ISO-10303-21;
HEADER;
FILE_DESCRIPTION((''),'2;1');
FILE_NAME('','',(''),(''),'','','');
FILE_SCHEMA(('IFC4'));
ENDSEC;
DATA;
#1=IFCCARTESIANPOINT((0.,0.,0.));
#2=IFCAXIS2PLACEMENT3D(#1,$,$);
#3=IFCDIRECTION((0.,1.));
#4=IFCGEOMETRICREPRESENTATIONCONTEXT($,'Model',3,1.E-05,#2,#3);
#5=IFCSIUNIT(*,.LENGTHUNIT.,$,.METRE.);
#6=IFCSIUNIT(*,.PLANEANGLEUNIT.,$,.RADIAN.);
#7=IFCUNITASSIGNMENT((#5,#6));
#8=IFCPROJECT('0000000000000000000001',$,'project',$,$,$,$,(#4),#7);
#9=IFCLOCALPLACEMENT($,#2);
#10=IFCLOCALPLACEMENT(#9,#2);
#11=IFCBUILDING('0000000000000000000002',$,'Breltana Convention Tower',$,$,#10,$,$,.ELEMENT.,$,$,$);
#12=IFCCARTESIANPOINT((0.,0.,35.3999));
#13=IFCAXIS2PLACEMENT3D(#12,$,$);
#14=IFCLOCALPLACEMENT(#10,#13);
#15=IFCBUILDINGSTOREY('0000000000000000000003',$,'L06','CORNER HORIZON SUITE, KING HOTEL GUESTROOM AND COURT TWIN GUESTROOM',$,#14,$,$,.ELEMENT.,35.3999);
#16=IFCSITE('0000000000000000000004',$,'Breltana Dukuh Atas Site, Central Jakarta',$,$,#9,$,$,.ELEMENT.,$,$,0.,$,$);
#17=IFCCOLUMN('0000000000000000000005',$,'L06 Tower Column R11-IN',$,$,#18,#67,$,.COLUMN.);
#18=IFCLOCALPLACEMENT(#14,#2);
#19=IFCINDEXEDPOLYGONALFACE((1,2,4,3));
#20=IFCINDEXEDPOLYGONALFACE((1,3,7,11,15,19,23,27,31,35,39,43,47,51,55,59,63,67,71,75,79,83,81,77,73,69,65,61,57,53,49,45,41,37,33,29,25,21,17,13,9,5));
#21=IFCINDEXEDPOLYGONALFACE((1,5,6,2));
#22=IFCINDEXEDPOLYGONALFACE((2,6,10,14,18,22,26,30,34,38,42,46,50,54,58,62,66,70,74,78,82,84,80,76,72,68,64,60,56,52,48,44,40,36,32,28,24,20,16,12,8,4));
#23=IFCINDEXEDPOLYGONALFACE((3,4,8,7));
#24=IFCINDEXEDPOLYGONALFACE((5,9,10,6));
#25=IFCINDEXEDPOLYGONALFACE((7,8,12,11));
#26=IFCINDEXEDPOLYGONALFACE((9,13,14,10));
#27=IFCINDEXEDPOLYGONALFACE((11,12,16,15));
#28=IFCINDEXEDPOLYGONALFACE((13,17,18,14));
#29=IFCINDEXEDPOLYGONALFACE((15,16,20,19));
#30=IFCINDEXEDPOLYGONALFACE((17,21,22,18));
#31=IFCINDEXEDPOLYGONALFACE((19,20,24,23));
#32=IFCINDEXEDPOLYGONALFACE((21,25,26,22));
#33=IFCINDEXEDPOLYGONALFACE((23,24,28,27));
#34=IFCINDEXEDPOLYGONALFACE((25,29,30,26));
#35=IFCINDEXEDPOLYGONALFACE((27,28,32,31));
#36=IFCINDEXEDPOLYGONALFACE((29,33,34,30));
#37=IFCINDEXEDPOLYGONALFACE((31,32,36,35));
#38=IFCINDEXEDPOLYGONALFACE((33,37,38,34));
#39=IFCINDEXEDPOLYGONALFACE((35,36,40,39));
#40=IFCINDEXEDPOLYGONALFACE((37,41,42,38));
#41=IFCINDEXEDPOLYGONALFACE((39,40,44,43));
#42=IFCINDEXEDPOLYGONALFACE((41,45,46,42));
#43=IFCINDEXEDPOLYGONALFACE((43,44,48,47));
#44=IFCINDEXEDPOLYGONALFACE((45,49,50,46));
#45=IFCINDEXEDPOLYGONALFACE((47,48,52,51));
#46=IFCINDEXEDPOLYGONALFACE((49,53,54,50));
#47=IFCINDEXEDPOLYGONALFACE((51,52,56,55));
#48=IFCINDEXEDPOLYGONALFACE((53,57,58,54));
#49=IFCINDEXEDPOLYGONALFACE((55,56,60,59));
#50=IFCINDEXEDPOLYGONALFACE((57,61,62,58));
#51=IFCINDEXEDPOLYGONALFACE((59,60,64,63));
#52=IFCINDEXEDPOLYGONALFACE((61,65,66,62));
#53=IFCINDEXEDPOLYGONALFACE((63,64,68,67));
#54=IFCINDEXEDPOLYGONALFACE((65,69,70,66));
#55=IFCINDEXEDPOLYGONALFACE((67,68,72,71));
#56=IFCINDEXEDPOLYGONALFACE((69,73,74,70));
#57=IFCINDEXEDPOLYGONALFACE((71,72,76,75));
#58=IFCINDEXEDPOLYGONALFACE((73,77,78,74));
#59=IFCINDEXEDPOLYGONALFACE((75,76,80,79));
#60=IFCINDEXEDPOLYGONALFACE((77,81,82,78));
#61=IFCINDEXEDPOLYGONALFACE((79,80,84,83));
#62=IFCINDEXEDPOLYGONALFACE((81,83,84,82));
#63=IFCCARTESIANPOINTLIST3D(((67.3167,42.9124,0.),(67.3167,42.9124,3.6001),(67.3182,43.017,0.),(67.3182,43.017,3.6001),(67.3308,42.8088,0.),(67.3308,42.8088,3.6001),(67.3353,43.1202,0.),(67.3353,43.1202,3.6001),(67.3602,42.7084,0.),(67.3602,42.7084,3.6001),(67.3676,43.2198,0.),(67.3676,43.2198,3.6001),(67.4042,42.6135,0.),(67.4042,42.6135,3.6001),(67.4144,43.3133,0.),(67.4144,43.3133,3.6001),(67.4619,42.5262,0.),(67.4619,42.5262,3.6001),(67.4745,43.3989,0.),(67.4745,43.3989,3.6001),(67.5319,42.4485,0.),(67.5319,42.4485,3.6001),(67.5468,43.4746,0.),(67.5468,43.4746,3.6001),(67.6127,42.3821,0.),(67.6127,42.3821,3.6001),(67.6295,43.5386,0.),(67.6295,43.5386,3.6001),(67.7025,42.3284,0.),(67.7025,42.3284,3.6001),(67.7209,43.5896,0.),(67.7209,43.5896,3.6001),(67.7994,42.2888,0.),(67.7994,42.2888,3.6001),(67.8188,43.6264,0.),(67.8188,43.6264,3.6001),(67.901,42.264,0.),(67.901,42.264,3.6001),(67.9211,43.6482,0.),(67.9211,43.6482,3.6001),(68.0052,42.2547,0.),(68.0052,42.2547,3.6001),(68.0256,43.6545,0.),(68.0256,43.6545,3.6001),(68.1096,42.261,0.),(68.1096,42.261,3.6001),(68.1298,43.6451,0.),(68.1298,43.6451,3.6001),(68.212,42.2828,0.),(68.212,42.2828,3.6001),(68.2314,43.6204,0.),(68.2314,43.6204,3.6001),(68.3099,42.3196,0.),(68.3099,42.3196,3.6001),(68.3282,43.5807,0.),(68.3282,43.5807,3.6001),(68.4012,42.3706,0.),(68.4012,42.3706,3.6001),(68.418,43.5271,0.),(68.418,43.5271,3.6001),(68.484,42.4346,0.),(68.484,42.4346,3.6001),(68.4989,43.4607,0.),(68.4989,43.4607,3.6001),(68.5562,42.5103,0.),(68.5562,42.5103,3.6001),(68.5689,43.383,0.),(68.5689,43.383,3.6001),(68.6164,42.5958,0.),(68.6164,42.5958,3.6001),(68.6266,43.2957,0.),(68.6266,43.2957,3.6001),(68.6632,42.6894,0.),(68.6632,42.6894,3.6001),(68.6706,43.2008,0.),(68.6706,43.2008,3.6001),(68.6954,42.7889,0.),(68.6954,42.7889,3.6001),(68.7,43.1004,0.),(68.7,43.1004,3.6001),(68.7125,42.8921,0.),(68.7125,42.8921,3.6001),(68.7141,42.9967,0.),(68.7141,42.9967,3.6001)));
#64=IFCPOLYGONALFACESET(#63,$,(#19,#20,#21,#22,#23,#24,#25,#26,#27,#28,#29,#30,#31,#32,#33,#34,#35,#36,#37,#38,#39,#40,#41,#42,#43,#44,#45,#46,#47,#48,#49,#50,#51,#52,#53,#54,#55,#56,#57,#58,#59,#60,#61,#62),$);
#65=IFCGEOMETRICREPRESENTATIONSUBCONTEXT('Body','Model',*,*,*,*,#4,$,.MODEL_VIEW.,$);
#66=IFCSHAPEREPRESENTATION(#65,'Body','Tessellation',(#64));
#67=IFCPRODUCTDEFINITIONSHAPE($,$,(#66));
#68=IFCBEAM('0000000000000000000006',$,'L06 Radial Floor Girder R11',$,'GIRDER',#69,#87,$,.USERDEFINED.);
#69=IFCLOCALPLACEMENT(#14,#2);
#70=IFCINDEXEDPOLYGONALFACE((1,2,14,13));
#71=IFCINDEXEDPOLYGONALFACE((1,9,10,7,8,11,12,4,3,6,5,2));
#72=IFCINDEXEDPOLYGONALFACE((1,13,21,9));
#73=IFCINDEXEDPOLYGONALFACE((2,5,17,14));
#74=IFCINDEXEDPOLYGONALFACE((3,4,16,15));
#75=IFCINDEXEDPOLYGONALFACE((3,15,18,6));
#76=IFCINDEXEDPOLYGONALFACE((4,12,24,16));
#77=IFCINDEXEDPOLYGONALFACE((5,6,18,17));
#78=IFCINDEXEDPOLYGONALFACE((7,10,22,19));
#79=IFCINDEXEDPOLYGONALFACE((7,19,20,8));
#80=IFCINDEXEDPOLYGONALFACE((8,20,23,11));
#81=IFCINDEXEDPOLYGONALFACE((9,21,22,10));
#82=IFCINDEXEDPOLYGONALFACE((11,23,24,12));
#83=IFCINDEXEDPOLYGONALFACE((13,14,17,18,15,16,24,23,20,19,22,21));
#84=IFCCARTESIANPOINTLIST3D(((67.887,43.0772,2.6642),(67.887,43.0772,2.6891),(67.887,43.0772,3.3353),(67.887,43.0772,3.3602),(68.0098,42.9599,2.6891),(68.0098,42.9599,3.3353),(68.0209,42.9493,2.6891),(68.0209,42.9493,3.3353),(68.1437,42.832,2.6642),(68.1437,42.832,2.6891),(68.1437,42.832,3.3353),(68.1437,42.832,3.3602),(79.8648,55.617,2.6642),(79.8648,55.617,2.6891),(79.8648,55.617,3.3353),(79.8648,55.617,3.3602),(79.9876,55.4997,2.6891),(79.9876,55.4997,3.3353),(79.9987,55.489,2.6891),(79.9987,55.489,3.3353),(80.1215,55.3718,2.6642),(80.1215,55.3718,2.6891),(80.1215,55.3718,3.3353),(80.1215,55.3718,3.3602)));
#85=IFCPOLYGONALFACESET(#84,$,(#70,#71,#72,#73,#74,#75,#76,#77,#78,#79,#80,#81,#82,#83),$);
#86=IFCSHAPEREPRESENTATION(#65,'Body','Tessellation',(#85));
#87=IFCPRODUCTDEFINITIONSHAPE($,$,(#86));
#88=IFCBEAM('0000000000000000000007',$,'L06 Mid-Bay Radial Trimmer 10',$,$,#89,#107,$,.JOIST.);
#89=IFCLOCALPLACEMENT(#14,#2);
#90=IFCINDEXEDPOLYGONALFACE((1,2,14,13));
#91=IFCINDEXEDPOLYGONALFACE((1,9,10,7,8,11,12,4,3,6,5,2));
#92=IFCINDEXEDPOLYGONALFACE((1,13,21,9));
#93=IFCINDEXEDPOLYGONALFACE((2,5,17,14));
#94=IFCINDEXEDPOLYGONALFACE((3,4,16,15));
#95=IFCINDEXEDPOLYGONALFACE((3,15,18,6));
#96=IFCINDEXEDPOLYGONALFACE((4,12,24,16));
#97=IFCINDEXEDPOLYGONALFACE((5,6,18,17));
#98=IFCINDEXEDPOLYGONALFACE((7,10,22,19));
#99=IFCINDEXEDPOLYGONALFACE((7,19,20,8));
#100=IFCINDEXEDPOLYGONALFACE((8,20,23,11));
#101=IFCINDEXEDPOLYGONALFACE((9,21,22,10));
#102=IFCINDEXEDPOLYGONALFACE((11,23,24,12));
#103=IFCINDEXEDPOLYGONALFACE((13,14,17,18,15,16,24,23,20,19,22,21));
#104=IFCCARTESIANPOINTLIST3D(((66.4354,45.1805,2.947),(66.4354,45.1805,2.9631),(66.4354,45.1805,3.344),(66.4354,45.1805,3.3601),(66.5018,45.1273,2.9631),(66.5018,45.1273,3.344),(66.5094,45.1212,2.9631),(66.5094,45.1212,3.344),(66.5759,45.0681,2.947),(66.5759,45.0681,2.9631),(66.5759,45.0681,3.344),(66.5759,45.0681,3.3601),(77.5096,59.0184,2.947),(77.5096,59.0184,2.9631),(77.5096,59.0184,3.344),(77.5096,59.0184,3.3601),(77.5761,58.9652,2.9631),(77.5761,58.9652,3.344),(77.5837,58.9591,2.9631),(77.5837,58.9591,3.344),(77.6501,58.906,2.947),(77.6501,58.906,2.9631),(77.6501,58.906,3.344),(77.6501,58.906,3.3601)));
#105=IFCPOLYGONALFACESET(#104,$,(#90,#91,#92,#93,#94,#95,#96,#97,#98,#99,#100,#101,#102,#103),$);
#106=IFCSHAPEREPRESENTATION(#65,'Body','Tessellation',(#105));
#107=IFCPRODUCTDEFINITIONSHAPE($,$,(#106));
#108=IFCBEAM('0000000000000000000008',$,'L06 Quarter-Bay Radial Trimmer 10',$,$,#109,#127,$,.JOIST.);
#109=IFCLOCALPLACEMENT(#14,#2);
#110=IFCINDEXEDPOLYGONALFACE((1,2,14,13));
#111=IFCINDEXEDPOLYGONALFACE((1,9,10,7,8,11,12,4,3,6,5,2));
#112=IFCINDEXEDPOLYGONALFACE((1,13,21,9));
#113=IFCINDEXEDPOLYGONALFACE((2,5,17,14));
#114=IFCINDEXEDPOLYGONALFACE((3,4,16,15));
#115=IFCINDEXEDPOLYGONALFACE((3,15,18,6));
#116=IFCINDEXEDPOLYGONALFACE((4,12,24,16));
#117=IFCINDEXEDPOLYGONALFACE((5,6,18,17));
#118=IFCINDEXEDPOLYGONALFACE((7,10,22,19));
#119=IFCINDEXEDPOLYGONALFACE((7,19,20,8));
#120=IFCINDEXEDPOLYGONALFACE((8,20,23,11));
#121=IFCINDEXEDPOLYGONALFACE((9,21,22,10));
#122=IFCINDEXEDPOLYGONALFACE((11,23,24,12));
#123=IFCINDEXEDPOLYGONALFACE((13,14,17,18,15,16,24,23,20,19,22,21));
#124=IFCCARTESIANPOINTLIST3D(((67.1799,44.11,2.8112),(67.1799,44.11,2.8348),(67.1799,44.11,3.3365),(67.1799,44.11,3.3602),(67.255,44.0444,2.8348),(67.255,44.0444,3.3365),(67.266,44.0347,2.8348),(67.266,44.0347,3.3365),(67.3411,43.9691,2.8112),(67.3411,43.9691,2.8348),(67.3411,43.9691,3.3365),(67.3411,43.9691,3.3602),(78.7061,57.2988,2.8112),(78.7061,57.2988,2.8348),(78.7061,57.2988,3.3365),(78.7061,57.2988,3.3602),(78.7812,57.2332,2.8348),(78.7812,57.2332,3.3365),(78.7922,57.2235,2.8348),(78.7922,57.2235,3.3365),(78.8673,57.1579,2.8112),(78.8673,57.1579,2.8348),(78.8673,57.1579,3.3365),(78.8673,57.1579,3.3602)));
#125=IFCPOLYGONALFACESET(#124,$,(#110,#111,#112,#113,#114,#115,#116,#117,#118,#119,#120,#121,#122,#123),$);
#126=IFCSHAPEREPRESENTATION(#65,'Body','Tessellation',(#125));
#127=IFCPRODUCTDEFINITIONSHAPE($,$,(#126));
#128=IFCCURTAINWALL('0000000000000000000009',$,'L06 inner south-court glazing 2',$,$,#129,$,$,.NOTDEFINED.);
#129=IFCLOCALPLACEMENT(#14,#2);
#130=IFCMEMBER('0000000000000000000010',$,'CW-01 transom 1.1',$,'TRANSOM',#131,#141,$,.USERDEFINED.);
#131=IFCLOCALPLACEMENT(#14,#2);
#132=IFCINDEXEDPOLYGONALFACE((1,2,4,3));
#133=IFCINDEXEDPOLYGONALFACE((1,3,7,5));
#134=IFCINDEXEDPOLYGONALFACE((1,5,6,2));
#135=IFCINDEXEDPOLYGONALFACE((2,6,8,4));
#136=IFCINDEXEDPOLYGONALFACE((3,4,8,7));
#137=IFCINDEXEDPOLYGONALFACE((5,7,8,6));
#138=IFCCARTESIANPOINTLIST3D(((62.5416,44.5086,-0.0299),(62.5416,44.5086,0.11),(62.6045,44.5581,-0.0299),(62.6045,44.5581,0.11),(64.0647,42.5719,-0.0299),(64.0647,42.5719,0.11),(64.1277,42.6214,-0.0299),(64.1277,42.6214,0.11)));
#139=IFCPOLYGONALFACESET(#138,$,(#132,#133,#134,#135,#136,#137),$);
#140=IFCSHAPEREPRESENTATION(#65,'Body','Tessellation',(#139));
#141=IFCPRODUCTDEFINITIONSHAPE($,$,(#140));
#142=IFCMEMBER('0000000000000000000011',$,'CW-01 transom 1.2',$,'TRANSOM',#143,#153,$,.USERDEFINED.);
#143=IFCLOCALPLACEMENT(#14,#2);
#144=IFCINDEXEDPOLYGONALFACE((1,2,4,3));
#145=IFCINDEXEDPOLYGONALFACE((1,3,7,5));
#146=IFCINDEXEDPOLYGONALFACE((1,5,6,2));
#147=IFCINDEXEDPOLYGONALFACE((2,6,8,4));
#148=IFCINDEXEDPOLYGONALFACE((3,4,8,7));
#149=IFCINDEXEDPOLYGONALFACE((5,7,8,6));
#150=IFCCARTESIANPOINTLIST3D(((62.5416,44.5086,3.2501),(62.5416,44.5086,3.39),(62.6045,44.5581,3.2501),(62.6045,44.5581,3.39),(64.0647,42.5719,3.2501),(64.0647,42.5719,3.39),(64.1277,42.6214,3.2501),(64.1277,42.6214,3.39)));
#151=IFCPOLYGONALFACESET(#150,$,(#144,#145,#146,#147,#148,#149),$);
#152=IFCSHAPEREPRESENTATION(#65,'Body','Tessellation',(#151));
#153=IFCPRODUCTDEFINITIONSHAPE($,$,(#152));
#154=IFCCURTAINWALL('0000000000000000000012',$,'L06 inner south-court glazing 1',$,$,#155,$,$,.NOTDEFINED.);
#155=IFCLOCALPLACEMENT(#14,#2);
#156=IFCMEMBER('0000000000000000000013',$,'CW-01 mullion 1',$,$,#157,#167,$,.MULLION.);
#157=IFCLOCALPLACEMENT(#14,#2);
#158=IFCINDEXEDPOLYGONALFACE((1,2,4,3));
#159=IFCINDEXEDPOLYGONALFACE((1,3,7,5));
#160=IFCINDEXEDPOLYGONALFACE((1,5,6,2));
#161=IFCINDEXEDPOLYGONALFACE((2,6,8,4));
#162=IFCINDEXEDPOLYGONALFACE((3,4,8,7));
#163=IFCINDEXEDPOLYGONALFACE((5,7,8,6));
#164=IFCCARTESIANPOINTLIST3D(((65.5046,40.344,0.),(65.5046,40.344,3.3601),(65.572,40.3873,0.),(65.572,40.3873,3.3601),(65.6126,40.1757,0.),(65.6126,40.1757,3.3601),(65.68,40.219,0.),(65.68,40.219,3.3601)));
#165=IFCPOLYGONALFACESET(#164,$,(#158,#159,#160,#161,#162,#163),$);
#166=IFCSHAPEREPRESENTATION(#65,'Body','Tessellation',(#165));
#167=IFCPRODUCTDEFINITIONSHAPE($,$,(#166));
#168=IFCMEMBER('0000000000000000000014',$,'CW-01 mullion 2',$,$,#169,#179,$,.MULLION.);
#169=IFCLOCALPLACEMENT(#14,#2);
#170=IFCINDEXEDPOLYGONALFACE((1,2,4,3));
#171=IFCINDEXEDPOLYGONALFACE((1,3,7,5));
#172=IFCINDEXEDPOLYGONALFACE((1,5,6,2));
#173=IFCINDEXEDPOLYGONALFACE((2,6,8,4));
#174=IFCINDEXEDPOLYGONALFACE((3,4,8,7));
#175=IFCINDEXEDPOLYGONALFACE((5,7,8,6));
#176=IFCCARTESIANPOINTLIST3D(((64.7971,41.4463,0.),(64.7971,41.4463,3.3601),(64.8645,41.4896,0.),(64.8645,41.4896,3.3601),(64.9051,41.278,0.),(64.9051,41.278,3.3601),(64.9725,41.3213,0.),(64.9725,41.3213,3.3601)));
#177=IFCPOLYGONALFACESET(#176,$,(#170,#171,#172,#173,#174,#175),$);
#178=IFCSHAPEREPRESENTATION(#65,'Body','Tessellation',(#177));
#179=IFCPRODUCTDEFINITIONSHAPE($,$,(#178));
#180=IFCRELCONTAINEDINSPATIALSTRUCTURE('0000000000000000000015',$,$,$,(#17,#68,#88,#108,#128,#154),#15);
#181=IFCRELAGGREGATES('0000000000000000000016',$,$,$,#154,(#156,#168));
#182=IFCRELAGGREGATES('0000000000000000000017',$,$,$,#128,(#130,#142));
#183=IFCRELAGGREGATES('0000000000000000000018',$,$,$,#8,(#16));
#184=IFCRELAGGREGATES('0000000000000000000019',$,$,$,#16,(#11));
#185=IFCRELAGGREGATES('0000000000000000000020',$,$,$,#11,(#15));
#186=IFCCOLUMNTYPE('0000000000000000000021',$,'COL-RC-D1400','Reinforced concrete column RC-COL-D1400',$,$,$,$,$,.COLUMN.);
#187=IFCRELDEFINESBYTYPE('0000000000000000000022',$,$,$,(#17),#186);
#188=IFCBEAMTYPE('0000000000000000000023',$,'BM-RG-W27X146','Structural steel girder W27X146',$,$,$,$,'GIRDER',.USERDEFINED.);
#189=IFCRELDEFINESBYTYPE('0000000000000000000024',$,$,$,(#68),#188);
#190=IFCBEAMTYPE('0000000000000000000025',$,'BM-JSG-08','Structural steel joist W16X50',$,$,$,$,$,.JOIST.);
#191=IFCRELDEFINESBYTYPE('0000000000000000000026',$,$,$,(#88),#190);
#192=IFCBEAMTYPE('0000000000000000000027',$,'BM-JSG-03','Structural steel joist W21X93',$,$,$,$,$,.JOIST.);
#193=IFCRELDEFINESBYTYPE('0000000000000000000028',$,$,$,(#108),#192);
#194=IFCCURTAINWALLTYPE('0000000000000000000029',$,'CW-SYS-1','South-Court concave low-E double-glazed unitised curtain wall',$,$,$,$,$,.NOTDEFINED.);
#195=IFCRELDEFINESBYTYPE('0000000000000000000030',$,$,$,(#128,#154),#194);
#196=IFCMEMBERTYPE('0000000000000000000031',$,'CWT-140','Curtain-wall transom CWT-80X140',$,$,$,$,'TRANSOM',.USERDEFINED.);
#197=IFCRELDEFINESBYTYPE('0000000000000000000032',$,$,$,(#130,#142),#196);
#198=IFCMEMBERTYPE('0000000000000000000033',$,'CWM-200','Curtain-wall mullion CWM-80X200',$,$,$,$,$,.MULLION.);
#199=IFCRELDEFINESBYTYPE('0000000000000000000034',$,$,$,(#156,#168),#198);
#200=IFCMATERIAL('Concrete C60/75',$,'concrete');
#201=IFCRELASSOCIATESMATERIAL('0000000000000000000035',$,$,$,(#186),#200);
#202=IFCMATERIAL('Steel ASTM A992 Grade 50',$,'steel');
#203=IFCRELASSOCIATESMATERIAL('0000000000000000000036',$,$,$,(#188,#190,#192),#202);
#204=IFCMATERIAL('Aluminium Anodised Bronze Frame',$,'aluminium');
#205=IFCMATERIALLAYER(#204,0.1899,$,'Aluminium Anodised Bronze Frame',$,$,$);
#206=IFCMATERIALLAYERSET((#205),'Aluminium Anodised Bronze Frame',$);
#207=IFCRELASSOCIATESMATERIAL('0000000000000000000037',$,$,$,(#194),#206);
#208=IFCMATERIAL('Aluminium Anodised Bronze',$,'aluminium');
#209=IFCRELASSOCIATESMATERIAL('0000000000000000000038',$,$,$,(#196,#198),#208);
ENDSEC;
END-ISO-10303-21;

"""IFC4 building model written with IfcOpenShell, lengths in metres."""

from ifc_helpers import new_model, si_unit, direction, frame, origin, origin_2d, place, context, subcontext, project, spatial, rectangle, circle, i_section, extrude, source, transform, mapped, material, layer, layer_set, material_profile, profile_set, type_object, type_shapes, element, aggregate, save


model = new_model("IFC4")

# Units and contexts
model_context = context("Model", 3, precision=1e-05, world=origin(), true_north=direction((0.0, 1.0)))
body_context = subcontext(model_context, "Body", "Model", "MODEL_VIEW")
ifc_project = project(units=[si_unit("LENGTHUNIT", "METRE"), si_unit("PLANEANGLEUNIT", "RADIAN")], contexts=[model_context])

# Site, building, storey
site_placement = place(None, origin())
site = spatial("IfcSite", under=ifc_project, at=site_placement, Name="Breltana Dukuh Atas Site, Central Jakarta", CompositionType="ELEMENT", RefElevation=0.0)
building_placement = place(site_placement, origin())
building = spatial("IfcBuilding", under=site, at=building_placement, Name="Breltana Convention Tower", CompositionType="ELEMENT")
storey_placement = place(building_placement, frame((0.0, 0.0, 35.3999)))
storey = spatial("IfcBuildingStorey", under=building, at=storey_placement, Name="L06", Description="CORNER HORIZON SUITE, KING HOTEL GUESTROOM AND COURT TWIN GUESTROOM", CompositionType="ELEMENT", Elevation=35.3999)

# Column
ifc_material_1 = material(Name="Concrete C60/75", Category="concrete")
ifc_material_profile_1 = material_profile(ifc_material_1, circle(Radius=0.7, at=origin_2d()), Name="RC-COL-D1400")
ifc_profile_set_1 = profile_set([ifc_material_profile_1], Name="Concrete C60/75")
column_type = type_object("IfcColumnType", Name="COL-RC-D1400", Description="Reinforced concrete column RC-COL-D1400", PredefinedType="COLUMN", material=ifc_profile_set_1)
shared_shape_1 = source(origin(), body_context, "Body", "SweptSolid", [
    extrude(circle(Radius=0.7, at=origin_2d()), origin(), (0.0, 0.0, 1.0), 3.6001),
])
column_placement = place(storey_placement, frame((68.0154, 42.9546, 0.0), z_axis=(0.0, 0.0, 1.0), x_axis=(0.690756, 0.723088, 0.0)))
element("IfcColumn", 1, at=column_placement, inside=storey, type_object=column_type, Name="L06 Tower Column R11-IN", PredefinedType="COLUMN", context=body_context, shape_type="MappedRepresentation", body=[
    mapped(shared_shape_1, transform((0.0, 0.0, 0.0), scale=1.0)),
])

# Beams
ifc_material_2 = material(Name="Steel ASTM A992 Grade 50", Category="steel")
ifc_material_profile_2 = material_profile(ifc_material_2, i_section(OverallWidth=0.355, OverallDepth=0.696, WebThickness=0.0154, FlangeThickness=0.0249, at=origin_2d()), Name="W27X146")
ifc_profile_set_2 = profile_set([ifc_material_profile_2], Name="Steel ASTM A992 Grade 50")
beam_type_1 = type_object("IfcBeamType", Name="BM-RG-W27X146", Description="Structural steel girder W27X146", ElementType="GIRDER", PredefinedType="USERDEFINED", material=ifc_profile_set_2)
shared_shape_2 = source(origin(), body_context, "Body", "SweptSolid", [
    extrude(i_section(OverallWidth=0.355, OverallDepth=0.696, WebThickness=0.0154, FlangeThickness=0.0249, at=origin_2d()), origin(), (0.0, 0.0, 1.0), 17.3411),
])
type_shapes(beam_type_1, [shared_shape_2])
beam_1_placement = place(storey_placement, frame((68.0154, 42.9546, 3.0122), z_axis=(0.690716, 0.723126, 0.0), x_axis=(-0.723126, 0.690716, 0.0)))
element("IfcBeam", 2, at=beam_1_placement, inside=storey, type_object=beam_type_1, Name="L06 Radial Floor Girder R11", ObjectType="GIRDER", PredefinedType="USERDEFINED", context=body_context, shape_type="MappedRepresentation", body=[
    mapped(shared_shape_2, transform((0.0, 0.0, 0.0), scale=1.0)),
])
ifc_material_profile_3 = material_profile(ifc_material_2, i_section(OverallWidth=0.1799, OverallDepth=0.4131, WebThickness=0.0098, FlangeThickness=0.0161, at=origin_2d()), Name="W16X50")
ifc_profile_set_3 = profile_set([ifc_material_profile_3], Name="Steel ASTM A992 Grade 50")
beam_type_2 = type_object("IfcBeamType", Name="BM-JSG-08", Description="Structural steel joist W16X50", PredefinedType="JOIST", material=ifc_profile_set_3)
shared_shape_3 = source(origin(), body_context, "Body", "SweptSolid", [
    extrude(i_section(OverallWidth=0.1799, OverallDepth=0.4131, WebThickness=0.0098, FlangeThickness=0.0161, at=origin_2d()), origin(), (0.0, 0.0, 1.0), 17.7236),
])
beam_2_placement = place(storey_placement, frame((66.5056, 45.1243, 3.1536), z_axis=(0.624829, 0.780761, 0.0), x_axis=(-0.780761, 0.624829, 0.0)))
element("IfcBeam", 3, at=beam_2_placement, inside=storey, type_object=beam_type_2, Name="L06 Mid-Bay Radial Trimmer 10", PredefinedType="JOIST", context=body_context, shape_type="MappedRepresentation", body=[
    mapped(shared_shape_3, transform((0.0, 0.0, 0.0), scale=1.0)),
])
ifc_material_profile_4 = material_profile(ifc_material_2, i_section(OverallWidth=0.2141, OverallDepth=0.5491, WebThickness=0.0146, FlangeThickness=0.0237, at=origin_2d()), Name="W21X93")
ifc_profile_set_4 = profile_set([ifc_material_profile_4], Name="Steel ASTM A992 Grade 50")
beam_type_3 = type_object("IfcBeamType", Name="BM-JSG-03", Description="Structural steel joist W21X93", PredefinedType="JOIST", material=ifc_profile_set_4)
shared_shape_4 = source(origin(), body_context, "Body", "SweptSolid", [
    extrude(i_section(OverallWidth=0.2141, OverallDepth=0.5491, WebThickness=0.0146, FlangeThickness=0.0237, at=origin_2d()), origin(), (0.0, 0.0, 1.0), 17.5156),
])
beam_3_placement = place(storey_placement, frame((67.2605, 44.0396, 3.0857), z_axis=(0.658052, 0.752973, 0.0), x_axis=(-0.752973, 0.658052, 0.0)))
element("IfcBeam", 4, at=beam_3_placement, inside=storey, type_object=beam_type_3, Name="L06 Quarter-Bay Radial Trimmer 10", PredefinedType="JOIST", context=body_context, shape_type="MappedRepresentation", body=[
    mapped(shared_shape_4, transform((0.0, 0.0, 0.0), scale=1.0)),
])

# Curtain walls, members
ifc_material_3 = material(Name="Aluminium Anodised Bronze Frame", Category="aluminium")
ifc_layer_1 = layer(ifc_material_3, 0.1899, Name="Aluminium Anodised Bronze Frame")
ifc_layer_set_1 = layer_set([ifc_layer_1], Name="Aluminium Anodised Bronze Frame")
curtain_wall_type = type_object("IfcCurtainWallType", Name="CW-SYS-1", Description="South-Court concave low-E double-glazed unitised curtain wall", PredefinedType="NOTDEFINED", material=ifc_layer_set_1)
curtain_wall_1_placement = place(storey_placement, origin())
curtain_wall_1 = element("IfcCurtainWall", 5, at=curtain_wall_1_placement, inside=storey, type_object=curtain_wall_type, Name="L06 inner south-court glazing 2", PredefinedType="NOTDEFINED")
ifc_material_4 = material(Name="Aluminium Anodised Bronze", Category="aluminium")
ifc_material_profile_5 = material_profile(ifc_material_4, rectangle(XDim=0.0801, YDim=0.1399, at=origin_2d()), Name="CWT-80X140")
ifc_profile_set_5 = profile_set([ifc_material_profile_5], Name="Aluminium Anodised Bronze")
member_type_1 = type_object("IfcMemberType", Name="CWT-140", Description="Curtain-wall transom CWT-80X140", ElementType="TRANSOM", PredefinedType="USERDEFINED", material=ifc_profile_set_5)
shared_shape_5 = source(origin(), body_context, "Body", "SweptSolid", [
    extrude(rectangle(XDim=0.0801, YDim=0.1399, at=origin_2d()), origin(), (0.0, 0.0, 1.0), 2.4639),
])
member_1_placement = place(storey_placement, frame((64.0962, 42.5967, 0.04), z_axis=(-0.618185, 0.786033, 0.0), x_axis=(-0.786033, -0.618185, 0.0)))
member_1 = element("IfcMember", 6, at=member_1_placement, type_object=member_type_1, Name="CW-01 transom 1.1", ObjectType="TRANSOM", PredefinedType="USERDEFINED", context=body_context, shape_type="MappedRepresentation", body=[
    mapped(shared_shape_5, transform((0.0, 0.0, 0.0), scale=1.0)),
])
member_2_placement = place(storey_placement, frame((64.0962, 42.5967, 3.3201), z_axis=(-0.618185, 0.786033, 0.0), x_axis=(-0.786033, -0.618185, 0.0)))
member_2 = element("IfcMember", 7, at=member_2_placement, type_object=member_type_1, Name="CW-01 transom 1.2", ObjectType="TRANSOM", PredefinedType="USERDEFINED", context=body_context, shape_type="MappedRepresentation", body=[
    mapped(shared_shape_5, transform((0.0, 0.0, 0.0), scale=1.0)),
])
curtain_wall_2_placement = place(storey_placement, origin())
curtain_wall_2 = element("IfcCurtainWall", 8, at=curtain_wall_2_placement, inside=storey, type_object=curtain_wall_type, Name="L06 inner south-court glazing 1", PredefinedType="NOTDEFINED")
ifc_material_profile_6 = material_profile(ifc_material_4, rectangle(XDim=0.0801, YDim=0.2, at=origin_2d()), Name="CWM-80X200")
ifc_profile_set_6 = profile_set([ifc_material_profile_6], Name="Aluminium Anodised Bronze")
member_type_2 = type_object("IfcMemberType", Name="CWM-200", Description="Curtain-wall mullion CWM-80X200", PredefinedType="MULLION", material=ifc_profile_set_6)
shared_shape_6 = source(origin(), body_context, "Body", "SweptSolid", [
    extrude(rectangle(XDim=0.0801, YDim=0.2, at=origin_2d()), origin(), (0.0, 0.0, 1.0), 3.3601),
])
member_3_placement = place(storey_placement, frame((65.5923, 40.2815, 0.0), z_axis=(0.0, 0.0, 1.0), x_axis=(-0.841556, -0.54017, 0.0)))
member_3 = element("IfcMember", 9, at=member_3_placement, type_object=member_type_2, Name="CW-01 mullion 1", PredefinedType="MULLION", context=body_context, shape_type="MappedRepresentation", body=[
    mapped(shared_shape_6, transform((0.0, 0.0, 0.0), scale=1.0)),
])
member_4_placement = place(storey_placement, frame((64.8848, 41.3838, 0.0), z_axis=(0.0, 0.0, 1.0), x_axis=(-0.841556, -0.54017, 0.0)))
member_4 = element("IfcMember", 10, at=member_4_placement, type_object=member_type_2, Name="CW-01 mullion 2", PredefinedType="MULLION", context=body_context, shape_type="MappedRepresentation", body=[
    mapped(shared_shape_6, transform((0.0, 0.0, 0.0), scale=1.0)),
])

aggregate(curtain_wall_2, [member_3, member_4])
aggregate(curtain_wall_1, [member_1, member_2])

save(model, "model.ifc")
